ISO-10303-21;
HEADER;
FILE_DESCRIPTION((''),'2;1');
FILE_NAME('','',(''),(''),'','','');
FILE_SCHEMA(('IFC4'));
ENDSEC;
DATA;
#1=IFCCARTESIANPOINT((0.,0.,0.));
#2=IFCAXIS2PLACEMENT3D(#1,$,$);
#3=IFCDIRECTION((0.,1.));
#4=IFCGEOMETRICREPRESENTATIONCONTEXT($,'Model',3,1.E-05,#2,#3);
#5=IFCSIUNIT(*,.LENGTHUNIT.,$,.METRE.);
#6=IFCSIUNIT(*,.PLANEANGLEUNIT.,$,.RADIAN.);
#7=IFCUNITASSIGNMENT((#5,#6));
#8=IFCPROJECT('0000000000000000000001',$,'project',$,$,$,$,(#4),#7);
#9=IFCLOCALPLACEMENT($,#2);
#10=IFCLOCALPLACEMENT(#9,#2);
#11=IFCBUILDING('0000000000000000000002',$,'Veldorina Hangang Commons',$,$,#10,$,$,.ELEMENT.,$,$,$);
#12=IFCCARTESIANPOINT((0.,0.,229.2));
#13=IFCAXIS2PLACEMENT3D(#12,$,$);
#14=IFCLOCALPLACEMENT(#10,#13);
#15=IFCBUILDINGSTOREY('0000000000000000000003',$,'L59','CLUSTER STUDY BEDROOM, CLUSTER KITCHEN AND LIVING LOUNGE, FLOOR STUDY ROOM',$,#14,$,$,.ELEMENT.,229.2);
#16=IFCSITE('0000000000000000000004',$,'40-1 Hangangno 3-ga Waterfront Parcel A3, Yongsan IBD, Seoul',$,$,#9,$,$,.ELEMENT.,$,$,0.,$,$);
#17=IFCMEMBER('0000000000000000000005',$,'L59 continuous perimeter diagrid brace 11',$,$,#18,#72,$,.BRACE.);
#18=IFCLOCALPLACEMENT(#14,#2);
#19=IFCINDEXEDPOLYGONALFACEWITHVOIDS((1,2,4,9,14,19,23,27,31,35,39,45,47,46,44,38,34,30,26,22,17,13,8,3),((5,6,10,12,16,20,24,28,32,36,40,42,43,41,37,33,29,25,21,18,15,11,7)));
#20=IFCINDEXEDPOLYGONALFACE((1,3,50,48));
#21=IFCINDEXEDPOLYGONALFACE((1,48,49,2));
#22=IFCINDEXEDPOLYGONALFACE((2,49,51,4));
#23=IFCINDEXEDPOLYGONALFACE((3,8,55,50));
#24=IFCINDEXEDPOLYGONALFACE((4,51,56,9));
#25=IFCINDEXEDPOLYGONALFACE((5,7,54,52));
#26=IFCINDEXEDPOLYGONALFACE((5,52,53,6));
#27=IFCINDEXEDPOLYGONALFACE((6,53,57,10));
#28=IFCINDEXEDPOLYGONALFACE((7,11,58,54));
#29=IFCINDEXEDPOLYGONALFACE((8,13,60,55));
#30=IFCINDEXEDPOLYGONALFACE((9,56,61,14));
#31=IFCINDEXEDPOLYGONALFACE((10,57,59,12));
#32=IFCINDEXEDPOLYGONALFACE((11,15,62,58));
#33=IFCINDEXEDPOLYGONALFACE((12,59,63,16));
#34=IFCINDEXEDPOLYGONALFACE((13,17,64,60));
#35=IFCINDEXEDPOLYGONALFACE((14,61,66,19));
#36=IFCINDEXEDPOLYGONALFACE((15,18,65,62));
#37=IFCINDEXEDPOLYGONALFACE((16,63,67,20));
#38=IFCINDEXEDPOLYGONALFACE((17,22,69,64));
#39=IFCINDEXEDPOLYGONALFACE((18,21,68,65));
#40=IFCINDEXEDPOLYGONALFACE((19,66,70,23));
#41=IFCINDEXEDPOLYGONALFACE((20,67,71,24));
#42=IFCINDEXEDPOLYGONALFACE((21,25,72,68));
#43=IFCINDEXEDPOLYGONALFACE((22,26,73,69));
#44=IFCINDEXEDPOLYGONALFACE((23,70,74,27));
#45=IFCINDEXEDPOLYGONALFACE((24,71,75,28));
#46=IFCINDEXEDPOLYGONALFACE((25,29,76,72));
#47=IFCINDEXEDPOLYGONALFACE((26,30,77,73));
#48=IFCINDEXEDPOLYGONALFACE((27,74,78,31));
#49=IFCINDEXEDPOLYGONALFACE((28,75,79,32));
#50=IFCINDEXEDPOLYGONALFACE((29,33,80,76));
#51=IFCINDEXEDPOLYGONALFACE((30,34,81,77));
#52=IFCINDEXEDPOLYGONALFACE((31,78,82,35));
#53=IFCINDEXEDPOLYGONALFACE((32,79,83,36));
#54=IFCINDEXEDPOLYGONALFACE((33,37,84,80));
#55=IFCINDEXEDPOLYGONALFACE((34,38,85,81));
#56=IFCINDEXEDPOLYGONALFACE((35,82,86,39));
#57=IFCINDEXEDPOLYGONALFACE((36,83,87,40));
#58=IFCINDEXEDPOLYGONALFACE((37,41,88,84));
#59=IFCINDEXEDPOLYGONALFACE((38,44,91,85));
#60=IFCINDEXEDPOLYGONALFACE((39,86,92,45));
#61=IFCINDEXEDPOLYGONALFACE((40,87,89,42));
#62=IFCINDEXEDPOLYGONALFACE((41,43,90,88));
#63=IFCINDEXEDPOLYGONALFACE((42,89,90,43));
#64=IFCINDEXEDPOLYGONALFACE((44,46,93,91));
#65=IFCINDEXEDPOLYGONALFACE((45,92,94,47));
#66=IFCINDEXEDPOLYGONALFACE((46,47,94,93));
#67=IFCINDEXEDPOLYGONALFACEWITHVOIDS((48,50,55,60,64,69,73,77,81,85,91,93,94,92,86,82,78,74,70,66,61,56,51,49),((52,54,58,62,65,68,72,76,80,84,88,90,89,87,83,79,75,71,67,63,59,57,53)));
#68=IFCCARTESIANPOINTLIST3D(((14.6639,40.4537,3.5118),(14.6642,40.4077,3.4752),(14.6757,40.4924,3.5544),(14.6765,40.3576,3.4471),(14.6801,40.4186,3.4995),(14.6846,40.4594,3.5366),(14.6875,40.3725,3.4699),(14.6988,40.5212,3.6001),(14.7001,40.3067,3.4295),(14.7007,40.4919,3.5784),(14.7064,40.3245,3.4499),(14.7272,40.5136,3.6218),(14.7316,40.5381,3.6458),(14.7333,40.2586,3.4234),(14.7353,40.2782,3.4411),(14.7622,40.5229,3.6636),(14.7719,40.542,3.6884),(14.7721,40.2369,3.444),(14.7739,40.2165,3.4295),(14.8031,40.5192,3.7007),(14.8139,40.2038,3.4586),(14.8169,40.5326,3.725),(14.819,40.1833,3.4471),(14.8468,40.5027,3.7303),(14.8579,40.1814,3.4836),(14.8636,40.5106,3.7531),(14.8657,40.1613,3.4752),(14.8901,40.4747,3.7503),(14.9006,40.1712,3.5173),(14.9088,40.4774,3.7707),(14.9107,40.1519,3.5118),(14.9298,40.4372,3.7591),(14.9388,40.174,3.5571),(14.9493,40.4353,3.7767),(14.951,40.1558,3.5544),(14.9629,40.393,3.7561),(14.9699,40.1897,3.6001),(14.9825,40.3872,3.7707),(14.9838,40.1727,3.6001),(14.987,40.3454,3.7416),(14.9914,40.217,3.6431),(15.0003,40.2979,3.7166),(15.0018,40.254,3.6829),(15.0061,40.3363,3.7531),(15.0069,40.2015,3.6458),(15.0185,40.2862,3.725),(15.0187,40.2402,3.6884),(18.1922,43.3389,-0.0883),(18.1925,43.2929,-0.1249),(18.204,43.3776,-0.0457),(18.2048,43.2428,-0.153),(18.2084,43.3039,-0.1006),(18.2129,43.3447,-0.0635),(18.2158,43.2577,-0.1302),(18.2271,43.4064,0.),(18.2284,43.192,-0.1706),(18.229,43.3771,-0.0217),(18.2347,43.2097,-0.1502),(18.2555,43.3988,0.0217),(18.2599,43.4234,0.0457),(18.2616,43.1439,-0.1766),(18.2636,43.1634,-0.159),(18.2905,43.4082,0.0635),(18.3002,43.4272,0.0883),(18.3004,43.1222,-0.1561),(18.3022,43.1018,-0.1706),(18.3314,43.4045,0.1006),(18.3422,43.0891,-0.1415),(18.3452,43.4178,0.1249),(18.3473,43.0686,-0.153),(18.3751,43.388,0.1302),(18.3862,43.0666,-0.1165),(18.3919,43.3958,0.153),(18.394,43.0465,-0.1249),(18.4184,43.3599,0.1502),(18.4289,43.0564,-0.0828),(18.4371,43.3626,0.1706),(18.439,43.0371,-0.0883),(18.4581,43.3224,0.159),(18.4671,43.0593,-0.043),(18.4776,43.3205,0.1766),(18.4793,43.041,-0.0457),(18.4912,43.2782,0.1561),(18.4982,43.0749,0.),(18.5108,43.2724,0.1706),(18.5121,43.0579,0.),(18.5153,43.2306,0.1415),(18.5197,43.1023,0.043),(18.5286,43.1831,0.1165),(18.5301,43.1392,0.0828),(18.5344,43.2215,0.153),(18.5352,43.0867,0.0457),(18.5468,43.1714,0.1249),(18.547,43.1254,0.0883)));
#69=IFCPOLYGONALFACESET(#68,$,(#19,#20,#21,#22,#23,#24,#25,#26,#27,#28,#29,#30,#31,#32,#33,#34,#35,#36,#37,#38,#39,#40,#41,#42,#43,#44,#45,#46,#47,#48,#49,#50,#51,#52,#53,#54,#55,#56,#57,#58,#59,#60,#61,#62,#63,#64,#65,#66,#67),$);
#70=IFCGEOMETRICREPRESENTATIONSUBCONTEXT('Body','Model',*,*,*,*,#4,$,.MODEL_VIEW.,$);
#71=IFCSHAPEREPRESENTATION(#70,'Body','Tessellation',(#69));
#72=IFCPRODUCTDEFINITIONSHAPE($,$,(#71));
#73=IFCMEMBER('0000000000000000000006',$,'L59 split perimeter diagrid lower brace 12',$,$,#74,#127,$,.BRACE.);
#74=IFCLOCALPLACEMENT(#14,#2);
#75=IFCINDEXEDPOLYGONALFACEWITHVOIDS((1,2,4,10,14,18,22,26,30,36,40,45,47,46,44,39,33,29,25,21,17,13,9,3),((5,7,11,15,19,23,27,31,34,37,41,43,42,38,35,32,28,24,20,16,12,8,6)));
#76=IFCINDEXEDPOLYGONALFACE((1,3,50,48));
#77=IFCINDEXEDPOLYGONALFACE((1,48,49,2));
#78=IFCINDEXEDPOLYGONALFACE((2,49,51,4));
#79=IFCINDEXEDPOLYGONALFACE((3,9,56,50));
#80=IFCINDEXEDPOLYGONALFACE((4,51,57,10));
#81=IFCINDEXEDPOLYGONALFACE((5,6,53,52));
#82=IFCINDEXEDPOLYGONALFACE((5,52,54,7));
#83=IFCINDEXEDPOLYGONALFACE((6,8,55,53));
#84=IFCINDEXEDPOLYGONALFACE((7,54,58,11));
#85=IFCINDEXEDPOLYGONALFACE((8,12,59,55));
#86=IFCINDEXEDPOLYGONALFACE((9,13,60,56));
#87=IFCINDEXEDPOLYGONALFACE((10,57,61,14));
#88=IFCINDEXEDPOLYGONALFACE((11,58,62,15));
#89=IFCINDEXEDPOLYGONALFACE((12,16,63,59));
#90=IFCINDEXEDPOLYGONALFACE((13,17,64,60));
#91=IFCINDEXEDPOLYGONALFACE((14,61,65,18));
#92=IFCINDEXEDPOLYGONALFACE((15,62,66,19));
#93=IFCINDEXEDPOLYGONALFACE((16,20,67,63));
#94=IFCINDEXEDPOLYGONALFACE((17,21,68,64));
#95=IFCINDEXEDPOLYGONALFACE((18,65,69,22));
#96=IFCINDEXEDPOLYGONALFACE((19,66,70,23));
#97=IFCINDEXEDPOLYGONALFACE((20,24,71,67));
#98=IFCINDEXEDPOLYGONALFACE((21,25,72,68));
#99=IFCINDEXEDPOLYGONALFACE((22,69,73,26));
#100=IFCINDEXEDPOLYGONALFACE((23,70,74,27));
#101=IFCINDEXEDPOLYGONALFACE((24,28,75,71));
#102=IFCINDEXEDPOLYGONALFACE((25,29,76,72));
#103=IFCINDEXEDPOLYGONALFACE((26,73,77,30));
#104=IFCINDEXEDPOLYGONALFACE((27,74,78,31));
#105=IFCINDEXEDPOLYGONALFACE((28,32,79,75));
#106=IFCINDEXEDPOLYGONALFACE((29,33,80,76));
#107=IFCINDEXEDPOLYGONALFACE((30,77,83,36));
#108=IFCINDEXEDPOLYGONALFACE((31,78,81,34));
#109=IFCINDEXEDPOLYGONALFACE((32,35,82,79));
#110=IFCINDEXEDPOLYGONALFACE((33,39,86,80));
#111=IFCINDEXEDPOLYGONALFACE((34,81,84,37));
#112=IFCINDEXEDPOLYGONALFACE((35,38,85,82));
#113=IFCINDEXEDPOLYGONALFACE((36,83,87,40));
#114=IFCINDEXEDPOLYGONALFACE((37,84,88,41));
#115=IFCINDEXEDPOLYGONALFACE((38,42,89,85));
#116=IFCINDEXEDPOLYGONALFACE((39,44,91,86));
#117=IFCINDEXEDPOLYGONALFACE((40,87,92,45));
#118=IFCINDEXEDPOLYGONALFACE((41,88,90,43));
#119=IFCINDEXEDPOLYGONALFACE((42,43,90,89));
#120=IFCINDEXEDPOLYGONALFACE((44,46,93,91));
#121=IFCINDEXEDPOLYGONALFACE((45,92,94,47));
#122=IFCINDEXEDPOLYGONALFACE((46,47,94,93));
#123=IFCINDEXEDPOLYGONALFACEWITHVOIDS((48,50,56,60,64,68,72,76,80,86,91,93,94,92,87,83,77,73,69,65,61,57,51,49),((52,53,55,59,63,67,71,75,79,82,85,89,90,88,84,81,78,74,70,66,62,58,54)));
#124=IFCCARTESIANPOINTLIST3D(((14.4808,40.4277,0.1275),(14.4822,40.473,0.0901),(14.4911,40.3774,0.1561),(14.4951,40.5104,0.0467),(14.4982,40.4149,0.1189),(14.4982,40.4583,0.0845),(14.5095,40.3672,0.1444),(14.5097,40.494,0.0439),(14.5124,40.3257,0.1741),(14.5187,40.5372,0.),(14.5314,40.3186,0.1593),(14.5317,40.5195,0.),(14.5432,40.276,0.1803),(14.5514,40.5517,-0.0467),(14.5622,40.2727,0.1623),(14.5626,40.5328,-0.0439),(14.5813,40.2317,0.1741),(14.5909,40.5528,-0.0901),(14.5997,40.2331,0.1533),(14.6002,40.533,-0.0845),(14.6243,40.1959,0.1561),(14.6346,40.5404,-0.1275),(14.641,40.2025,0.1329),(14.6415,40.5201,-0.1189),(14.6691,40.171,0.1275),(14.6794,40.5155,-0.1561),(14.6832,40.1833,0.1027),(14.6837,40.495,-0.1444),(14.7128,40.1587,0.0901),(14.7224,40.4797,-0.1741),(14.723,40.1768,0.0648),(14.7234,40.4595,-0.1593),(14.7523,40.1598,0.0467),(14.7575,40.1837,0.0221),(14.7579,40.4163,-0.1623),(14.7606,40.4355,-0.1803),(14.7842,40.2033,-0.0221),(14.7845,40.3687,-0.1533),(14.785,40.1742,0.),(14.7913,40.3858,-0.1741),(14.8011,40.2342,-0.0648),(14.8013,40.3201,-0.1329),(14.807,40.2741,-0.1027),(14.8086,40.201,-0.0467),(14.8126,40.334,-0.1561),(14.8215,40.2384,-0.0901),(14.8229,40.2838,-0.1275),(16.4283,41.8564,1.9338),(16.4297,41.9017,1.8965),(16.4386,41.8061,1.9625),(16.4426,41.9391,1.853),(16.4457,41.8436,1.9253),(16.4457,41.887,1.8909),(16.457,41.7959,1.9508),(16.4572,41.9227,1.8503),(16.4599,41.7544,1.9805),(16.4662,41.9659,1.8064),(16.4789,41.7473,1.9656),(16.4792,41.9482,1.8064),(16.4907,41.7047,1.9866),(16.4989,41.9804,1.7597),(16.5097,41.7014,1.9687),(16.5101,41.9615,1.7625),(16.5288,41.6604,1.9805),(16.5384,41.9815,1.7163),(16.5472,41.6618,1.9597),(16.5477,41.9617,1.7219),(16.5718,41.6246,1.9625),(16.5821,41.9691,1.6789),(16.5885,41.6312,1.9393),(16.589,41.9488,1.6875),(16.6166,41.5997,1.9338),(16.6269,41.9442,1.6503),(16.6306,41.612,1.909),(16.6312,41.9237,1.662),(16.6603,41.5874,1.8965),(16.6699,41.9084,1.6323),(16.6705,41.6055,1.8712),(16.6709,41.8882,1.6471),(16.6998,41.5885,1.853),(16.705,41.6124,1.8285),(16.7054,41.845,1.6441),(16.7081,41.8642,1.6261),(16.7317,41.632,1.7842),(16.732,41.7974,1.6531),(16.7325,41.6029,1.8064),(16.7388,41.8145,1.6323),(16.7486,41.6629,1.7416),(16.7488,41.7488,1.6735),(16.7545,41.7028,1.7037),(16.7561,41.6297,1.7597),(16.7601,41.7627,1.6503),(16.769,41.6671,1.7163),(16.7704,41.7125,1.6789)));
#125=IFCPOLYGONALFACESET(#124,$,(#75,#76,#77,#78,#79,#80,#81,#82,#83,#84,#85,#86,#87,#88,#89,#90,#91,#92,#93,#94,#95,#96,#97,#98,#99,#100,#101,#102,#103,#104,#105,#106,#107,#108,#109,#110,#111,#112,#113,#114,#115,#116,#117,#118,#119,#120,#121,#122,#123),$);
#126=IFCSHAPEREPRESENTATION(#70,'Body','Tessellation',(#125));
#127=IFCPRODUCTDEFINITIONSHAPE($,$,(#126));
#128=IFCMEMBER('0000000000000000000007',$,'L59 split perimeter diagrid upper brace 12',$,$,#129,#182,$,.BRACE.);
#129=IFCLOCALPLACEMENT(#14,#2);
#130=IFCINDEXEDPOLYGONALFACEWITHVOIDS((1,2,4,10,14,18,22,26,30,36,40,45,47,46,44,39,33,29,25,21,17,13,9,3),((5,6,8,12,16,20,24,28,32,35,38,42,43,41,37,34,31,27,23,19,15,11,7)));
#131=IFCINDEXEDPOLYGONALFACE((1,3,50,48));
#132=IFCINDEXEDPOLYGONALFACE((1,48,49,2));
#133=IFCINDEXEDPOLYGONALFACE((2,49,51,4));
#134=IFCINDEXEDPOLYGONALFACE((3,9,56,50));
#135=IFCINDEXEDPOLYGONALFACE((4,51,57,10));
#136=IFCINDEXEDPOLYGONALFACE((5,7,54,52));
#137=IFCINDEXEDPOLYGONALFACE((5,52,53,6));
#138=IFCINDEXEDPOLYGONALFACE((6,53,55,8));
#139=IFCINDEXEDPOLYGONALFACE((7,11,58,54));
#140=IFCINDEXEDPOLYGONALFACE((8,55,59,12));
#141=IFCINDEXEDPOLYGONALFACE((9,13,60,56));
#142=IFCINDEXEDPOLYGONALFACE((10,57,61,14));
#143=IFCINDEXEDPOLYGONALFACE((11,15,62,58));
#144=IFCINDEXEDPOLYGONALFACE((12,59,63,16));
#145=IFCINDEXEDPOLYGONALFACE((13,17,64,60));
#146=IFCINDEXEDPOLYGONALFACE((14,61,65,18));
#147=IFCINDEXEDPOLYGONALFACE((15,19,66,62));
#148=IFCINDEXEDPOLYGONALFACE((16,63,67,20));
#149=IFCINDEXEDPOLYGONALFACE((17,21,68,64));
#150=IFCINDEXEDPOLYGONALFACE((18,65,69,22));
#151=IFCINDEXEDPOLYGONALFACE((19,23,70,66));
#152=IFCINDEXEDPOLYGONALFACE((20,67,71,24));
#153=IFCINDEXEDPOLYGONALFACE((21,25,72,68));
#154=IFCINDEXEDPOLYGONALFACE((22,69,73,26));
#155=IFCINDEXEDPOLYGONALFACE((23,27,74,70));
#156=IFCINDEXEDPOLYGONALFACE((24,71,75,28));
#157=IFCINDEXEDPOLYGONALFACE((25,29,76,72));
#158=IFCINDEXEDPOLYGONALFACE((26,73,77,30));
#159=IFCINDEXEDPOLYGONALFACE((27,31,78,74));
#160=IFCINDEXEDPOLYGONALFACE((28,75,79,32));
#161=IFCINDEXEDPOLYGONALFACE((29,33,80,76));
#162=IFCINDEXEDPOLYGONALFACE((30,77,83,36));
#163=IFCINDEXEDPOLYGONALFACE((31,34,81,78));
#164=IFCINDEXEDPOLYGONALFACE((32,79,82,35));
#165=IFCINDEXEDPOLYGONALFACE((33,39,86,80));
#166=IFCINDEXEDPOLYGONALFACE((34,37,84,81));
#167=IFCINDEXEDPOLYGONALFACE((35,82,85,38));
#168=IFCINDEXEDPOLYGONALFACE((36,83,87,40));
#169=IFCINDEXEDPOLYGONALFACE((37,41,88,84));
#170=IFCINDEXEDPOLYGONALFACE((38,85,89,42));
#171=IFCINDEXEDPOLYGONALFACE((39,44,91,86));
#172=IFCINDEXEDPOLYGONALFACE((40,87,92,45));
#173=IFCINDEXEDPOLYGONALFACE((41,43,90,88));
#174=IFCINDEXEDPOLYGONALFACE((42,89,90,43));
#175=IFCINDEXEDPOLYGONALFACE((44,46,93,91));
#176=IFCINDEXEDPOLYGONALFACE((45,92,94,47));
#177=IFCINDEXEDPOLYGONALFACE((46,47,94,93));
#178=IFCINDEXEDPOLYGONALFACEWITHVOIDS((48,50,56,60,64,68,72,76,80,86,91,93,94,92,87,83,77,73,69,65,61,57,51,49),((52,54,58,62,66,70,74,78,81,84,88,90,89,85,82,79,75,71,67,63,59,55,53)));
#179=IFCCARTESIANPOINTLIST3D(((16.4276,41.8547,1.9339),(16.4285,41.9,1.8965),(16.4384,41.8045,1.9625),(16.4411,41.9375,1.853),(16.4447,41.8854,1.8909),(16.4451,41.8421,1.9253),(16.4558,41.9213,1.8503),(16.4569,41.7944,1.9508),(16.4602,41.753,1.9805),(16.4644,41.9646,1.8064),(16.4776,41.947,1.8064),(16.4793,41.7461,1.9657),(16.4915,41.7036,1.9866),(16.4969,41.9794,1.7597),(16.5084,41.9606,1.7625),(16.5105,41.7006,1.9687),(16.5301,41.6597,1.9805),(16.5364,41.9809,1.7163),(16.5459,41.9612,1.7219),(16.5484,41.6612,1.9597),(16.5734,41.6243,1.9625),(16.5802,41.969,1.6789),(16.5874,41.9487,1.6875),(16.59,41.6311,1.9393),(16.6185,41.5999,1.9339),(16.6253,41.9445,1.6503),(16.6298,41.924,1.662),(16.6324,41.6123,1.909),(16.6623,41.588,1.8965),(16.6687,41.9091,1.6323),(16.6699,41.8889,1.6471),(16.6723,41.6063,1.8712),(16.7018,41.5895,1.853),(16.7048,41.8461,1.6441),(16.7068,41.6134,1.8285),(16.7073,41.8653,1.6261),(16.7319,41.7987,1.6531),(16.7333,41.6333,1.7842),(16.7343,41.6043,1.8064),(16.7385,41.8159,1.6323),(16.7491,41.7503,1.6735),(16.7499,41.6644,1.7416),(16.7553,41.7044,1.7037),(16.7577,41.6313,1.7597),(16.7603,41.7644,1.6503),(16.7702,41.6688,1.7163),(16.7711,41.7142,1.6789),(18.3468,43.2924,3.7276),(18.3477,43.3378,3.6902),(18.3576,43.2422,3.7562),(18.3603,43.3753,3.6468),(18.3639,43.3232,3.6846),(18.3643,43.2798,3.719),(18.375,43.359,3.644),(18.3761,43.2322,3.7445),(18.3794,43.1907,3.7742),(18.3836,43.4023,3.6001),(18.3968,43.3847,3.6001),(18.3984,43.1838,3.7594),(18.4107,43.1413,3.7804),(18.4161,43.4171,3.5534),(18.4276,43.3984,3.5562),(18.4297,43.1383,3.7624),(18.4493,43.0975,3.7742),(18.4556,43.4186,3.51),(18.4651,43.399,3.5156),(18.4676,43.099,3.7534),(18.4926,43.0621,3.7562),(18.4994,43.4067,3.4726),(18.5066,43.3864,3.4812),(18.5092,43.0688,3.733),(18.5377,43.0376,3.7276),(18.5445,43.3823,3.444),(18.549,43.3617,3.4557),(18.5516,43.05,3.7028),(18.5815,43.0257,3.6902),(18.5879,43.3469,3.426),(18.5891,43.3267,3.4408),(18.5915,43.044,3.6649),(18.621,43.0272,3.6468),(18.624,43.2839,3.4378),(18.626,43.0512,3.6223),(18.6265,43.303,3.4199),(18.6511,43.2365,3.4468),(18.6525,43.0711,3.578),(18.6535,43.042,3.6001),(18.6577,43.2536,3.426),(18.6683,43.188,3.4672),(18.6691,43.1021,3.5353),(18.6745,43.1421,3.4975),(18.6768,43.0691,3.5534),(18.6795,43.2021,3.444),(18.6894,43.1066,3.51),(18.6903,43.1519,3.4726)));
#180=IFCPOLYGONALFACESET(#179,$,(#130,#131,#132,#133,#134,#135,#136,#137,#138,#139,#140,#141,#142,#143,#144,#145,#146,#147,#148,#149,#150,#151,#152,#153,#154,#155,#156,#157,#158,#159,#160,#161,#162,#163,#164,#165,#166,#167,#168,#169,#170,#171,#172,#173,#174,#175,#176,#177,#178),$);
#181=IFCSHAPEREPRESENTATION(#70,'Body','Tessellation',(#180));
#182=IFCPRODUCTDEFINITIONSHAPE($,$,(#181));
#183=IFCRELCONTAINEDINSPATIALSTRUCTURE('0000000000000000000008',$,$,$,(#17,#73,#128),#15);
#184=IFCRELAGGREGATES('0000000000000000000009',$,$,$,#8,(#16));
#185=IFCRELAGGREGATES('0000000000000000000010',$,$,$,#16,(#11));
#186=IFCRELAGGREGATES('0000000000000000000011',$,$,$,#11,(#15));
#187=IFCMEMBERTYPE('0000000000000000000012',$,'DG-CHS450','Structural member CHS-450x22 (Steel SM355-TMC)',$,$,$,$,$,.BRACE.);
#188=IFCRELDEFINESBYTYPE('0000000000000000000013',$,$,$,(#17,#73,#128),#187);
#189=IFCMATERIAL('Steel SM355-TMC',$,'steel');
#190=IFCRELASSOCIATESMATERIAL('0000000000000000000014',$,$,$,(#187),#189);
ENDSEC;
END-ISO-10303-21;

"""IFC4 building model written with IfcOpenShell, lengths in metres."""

from ifc_helpers import new_model, si_unit, direction, frame, origin, origin_2d, place, context, subcontext, project, spatial, hollow_circle, extrude, material, material_profile, profile_set, type_object, element, save


model = new_model("IFC4")

# Units and contexts
model_context = context("Model", 3, precision=1e-05, world=origin(), true_north=direction((0.0, 1.0)))
body_context = subcontext(model_context, "Body", "Model", "MODEL_VIEW")
ifc_project = project(units=[si_unit("LENGTHUNIT", "METRE"), si_unit("PLANEANGLEUNIT", "RADIAN")], contexts=[model_context])

# Site, building, storey
site_placement = place(None, origin())
site = spatial("IfcSite", under=ifc_project, at=site_placement, Name="40-1 Hangangno 3-ga Waterfront Parcel A3, Yongsan IBD, Seoul", CompositionType="ELEMENT", RefElevation=0.0)
building_placement = place(site_placement, origin())
building = spatial("IfcBuilding", under=site, at=building_placement, Name="Veldorina Hangang Commons", CompositionType="ELEMENT")
storey_placement = place(building_placement, frame((0.0, 0.0, 229.2)))
storey = spatial("IfcBuildingStorey", under=building, at=storey_placement, Name="L59", Description="CLUSTER STUDY BEDROOM, CLUSTER KITCHEN AND LIVING LOUNGE, FLOOR STUDY ROOM", CompositionType="ELEMENT", Elevation=229.2)

# Shared definitions
ifc_material_1 = material(Name="Steel SM355-TMC", Category="steel")

# Members
ifc_material_profile_1 = material_profile(ifc_material_1, hollow_circle(Radius=0.2251, WallThickness=0.022, at=origin_2d()), Name="CHS-450x22")
ifc_profile_set_1 = profile_set([ifc_material_profile_1], Name="Steel SM355-TMC")
member_type_1 = type_object("IfcMemberType", Name="DG-CHS450", Description="Structural member CHS-450x22 (Steel SM355-TMC)", PredefinedType="BRACE", material=ifc_profile_set_1)
member_1_placement = place(storey_placement, frame((18.3696, 43.2322, 0.0), z_axis=(-0.607479, -0.496761, 0.619837), x_axis=(0.633034, -0.774124, 0.0)))
element("IfcMember", 1, at=member_1_placement, inside=storey, type_object=member_type_1, Name="L59 continuous perimeter diagrid brace 11", PredefinedType="BRACE", context=body_context, shape_type="SweptSolid", body=[
    extrude(hollow_circle(Radius=0.2251, WallThickness=0.022, at=origin_2d()), origin(), (0.0, 0.0, 1.0), 5.8081),
])
member_2_placement = place(storey_placement, frame((14.6519, 40.3557, 0.0), z_axis=(0.645697, 0.473689, 0.598911), x_axis=(-0.591508, 0.806299, 0.0)))
element("IfcMember", 2, at=member_2_placement, inside=storey, type_object=member_type_1, Name="L59 split perimeter diagrid lower brace 12", PredefinedType="BRACE", context=body_context, shape_type="SweptSolid", body=[
    extrude(hollow_circle(Radius=0.2251, WallThickness=0.022, at=origin_2d()), origin(), (0.0, 0.0, 1.0), 3.0161),
])
member_3_placement = place(storey_placement, frame((16.5994, 41.7844, 1.8064), z_axis=(0.640879, 0.480109, 0.598974), x_axis=(-0.59956, 0.80033, 0.0)))
element("IfcMember", 3, at=member_3_placement, inside=storey, type_object=member_type_1, Name="L59 split perimeter diagrid upper brace 12", PredefinedType="BRACE", context=body_context, shape_type="SweptSolid", body=[
    extrude(hollow_circle(Radius=0.2251, WallThickness=0.022, at=origin_2d()), origin(), (0.0, 0.0, 1.0), 2.9946),
])

save(model, "model.ifc")
